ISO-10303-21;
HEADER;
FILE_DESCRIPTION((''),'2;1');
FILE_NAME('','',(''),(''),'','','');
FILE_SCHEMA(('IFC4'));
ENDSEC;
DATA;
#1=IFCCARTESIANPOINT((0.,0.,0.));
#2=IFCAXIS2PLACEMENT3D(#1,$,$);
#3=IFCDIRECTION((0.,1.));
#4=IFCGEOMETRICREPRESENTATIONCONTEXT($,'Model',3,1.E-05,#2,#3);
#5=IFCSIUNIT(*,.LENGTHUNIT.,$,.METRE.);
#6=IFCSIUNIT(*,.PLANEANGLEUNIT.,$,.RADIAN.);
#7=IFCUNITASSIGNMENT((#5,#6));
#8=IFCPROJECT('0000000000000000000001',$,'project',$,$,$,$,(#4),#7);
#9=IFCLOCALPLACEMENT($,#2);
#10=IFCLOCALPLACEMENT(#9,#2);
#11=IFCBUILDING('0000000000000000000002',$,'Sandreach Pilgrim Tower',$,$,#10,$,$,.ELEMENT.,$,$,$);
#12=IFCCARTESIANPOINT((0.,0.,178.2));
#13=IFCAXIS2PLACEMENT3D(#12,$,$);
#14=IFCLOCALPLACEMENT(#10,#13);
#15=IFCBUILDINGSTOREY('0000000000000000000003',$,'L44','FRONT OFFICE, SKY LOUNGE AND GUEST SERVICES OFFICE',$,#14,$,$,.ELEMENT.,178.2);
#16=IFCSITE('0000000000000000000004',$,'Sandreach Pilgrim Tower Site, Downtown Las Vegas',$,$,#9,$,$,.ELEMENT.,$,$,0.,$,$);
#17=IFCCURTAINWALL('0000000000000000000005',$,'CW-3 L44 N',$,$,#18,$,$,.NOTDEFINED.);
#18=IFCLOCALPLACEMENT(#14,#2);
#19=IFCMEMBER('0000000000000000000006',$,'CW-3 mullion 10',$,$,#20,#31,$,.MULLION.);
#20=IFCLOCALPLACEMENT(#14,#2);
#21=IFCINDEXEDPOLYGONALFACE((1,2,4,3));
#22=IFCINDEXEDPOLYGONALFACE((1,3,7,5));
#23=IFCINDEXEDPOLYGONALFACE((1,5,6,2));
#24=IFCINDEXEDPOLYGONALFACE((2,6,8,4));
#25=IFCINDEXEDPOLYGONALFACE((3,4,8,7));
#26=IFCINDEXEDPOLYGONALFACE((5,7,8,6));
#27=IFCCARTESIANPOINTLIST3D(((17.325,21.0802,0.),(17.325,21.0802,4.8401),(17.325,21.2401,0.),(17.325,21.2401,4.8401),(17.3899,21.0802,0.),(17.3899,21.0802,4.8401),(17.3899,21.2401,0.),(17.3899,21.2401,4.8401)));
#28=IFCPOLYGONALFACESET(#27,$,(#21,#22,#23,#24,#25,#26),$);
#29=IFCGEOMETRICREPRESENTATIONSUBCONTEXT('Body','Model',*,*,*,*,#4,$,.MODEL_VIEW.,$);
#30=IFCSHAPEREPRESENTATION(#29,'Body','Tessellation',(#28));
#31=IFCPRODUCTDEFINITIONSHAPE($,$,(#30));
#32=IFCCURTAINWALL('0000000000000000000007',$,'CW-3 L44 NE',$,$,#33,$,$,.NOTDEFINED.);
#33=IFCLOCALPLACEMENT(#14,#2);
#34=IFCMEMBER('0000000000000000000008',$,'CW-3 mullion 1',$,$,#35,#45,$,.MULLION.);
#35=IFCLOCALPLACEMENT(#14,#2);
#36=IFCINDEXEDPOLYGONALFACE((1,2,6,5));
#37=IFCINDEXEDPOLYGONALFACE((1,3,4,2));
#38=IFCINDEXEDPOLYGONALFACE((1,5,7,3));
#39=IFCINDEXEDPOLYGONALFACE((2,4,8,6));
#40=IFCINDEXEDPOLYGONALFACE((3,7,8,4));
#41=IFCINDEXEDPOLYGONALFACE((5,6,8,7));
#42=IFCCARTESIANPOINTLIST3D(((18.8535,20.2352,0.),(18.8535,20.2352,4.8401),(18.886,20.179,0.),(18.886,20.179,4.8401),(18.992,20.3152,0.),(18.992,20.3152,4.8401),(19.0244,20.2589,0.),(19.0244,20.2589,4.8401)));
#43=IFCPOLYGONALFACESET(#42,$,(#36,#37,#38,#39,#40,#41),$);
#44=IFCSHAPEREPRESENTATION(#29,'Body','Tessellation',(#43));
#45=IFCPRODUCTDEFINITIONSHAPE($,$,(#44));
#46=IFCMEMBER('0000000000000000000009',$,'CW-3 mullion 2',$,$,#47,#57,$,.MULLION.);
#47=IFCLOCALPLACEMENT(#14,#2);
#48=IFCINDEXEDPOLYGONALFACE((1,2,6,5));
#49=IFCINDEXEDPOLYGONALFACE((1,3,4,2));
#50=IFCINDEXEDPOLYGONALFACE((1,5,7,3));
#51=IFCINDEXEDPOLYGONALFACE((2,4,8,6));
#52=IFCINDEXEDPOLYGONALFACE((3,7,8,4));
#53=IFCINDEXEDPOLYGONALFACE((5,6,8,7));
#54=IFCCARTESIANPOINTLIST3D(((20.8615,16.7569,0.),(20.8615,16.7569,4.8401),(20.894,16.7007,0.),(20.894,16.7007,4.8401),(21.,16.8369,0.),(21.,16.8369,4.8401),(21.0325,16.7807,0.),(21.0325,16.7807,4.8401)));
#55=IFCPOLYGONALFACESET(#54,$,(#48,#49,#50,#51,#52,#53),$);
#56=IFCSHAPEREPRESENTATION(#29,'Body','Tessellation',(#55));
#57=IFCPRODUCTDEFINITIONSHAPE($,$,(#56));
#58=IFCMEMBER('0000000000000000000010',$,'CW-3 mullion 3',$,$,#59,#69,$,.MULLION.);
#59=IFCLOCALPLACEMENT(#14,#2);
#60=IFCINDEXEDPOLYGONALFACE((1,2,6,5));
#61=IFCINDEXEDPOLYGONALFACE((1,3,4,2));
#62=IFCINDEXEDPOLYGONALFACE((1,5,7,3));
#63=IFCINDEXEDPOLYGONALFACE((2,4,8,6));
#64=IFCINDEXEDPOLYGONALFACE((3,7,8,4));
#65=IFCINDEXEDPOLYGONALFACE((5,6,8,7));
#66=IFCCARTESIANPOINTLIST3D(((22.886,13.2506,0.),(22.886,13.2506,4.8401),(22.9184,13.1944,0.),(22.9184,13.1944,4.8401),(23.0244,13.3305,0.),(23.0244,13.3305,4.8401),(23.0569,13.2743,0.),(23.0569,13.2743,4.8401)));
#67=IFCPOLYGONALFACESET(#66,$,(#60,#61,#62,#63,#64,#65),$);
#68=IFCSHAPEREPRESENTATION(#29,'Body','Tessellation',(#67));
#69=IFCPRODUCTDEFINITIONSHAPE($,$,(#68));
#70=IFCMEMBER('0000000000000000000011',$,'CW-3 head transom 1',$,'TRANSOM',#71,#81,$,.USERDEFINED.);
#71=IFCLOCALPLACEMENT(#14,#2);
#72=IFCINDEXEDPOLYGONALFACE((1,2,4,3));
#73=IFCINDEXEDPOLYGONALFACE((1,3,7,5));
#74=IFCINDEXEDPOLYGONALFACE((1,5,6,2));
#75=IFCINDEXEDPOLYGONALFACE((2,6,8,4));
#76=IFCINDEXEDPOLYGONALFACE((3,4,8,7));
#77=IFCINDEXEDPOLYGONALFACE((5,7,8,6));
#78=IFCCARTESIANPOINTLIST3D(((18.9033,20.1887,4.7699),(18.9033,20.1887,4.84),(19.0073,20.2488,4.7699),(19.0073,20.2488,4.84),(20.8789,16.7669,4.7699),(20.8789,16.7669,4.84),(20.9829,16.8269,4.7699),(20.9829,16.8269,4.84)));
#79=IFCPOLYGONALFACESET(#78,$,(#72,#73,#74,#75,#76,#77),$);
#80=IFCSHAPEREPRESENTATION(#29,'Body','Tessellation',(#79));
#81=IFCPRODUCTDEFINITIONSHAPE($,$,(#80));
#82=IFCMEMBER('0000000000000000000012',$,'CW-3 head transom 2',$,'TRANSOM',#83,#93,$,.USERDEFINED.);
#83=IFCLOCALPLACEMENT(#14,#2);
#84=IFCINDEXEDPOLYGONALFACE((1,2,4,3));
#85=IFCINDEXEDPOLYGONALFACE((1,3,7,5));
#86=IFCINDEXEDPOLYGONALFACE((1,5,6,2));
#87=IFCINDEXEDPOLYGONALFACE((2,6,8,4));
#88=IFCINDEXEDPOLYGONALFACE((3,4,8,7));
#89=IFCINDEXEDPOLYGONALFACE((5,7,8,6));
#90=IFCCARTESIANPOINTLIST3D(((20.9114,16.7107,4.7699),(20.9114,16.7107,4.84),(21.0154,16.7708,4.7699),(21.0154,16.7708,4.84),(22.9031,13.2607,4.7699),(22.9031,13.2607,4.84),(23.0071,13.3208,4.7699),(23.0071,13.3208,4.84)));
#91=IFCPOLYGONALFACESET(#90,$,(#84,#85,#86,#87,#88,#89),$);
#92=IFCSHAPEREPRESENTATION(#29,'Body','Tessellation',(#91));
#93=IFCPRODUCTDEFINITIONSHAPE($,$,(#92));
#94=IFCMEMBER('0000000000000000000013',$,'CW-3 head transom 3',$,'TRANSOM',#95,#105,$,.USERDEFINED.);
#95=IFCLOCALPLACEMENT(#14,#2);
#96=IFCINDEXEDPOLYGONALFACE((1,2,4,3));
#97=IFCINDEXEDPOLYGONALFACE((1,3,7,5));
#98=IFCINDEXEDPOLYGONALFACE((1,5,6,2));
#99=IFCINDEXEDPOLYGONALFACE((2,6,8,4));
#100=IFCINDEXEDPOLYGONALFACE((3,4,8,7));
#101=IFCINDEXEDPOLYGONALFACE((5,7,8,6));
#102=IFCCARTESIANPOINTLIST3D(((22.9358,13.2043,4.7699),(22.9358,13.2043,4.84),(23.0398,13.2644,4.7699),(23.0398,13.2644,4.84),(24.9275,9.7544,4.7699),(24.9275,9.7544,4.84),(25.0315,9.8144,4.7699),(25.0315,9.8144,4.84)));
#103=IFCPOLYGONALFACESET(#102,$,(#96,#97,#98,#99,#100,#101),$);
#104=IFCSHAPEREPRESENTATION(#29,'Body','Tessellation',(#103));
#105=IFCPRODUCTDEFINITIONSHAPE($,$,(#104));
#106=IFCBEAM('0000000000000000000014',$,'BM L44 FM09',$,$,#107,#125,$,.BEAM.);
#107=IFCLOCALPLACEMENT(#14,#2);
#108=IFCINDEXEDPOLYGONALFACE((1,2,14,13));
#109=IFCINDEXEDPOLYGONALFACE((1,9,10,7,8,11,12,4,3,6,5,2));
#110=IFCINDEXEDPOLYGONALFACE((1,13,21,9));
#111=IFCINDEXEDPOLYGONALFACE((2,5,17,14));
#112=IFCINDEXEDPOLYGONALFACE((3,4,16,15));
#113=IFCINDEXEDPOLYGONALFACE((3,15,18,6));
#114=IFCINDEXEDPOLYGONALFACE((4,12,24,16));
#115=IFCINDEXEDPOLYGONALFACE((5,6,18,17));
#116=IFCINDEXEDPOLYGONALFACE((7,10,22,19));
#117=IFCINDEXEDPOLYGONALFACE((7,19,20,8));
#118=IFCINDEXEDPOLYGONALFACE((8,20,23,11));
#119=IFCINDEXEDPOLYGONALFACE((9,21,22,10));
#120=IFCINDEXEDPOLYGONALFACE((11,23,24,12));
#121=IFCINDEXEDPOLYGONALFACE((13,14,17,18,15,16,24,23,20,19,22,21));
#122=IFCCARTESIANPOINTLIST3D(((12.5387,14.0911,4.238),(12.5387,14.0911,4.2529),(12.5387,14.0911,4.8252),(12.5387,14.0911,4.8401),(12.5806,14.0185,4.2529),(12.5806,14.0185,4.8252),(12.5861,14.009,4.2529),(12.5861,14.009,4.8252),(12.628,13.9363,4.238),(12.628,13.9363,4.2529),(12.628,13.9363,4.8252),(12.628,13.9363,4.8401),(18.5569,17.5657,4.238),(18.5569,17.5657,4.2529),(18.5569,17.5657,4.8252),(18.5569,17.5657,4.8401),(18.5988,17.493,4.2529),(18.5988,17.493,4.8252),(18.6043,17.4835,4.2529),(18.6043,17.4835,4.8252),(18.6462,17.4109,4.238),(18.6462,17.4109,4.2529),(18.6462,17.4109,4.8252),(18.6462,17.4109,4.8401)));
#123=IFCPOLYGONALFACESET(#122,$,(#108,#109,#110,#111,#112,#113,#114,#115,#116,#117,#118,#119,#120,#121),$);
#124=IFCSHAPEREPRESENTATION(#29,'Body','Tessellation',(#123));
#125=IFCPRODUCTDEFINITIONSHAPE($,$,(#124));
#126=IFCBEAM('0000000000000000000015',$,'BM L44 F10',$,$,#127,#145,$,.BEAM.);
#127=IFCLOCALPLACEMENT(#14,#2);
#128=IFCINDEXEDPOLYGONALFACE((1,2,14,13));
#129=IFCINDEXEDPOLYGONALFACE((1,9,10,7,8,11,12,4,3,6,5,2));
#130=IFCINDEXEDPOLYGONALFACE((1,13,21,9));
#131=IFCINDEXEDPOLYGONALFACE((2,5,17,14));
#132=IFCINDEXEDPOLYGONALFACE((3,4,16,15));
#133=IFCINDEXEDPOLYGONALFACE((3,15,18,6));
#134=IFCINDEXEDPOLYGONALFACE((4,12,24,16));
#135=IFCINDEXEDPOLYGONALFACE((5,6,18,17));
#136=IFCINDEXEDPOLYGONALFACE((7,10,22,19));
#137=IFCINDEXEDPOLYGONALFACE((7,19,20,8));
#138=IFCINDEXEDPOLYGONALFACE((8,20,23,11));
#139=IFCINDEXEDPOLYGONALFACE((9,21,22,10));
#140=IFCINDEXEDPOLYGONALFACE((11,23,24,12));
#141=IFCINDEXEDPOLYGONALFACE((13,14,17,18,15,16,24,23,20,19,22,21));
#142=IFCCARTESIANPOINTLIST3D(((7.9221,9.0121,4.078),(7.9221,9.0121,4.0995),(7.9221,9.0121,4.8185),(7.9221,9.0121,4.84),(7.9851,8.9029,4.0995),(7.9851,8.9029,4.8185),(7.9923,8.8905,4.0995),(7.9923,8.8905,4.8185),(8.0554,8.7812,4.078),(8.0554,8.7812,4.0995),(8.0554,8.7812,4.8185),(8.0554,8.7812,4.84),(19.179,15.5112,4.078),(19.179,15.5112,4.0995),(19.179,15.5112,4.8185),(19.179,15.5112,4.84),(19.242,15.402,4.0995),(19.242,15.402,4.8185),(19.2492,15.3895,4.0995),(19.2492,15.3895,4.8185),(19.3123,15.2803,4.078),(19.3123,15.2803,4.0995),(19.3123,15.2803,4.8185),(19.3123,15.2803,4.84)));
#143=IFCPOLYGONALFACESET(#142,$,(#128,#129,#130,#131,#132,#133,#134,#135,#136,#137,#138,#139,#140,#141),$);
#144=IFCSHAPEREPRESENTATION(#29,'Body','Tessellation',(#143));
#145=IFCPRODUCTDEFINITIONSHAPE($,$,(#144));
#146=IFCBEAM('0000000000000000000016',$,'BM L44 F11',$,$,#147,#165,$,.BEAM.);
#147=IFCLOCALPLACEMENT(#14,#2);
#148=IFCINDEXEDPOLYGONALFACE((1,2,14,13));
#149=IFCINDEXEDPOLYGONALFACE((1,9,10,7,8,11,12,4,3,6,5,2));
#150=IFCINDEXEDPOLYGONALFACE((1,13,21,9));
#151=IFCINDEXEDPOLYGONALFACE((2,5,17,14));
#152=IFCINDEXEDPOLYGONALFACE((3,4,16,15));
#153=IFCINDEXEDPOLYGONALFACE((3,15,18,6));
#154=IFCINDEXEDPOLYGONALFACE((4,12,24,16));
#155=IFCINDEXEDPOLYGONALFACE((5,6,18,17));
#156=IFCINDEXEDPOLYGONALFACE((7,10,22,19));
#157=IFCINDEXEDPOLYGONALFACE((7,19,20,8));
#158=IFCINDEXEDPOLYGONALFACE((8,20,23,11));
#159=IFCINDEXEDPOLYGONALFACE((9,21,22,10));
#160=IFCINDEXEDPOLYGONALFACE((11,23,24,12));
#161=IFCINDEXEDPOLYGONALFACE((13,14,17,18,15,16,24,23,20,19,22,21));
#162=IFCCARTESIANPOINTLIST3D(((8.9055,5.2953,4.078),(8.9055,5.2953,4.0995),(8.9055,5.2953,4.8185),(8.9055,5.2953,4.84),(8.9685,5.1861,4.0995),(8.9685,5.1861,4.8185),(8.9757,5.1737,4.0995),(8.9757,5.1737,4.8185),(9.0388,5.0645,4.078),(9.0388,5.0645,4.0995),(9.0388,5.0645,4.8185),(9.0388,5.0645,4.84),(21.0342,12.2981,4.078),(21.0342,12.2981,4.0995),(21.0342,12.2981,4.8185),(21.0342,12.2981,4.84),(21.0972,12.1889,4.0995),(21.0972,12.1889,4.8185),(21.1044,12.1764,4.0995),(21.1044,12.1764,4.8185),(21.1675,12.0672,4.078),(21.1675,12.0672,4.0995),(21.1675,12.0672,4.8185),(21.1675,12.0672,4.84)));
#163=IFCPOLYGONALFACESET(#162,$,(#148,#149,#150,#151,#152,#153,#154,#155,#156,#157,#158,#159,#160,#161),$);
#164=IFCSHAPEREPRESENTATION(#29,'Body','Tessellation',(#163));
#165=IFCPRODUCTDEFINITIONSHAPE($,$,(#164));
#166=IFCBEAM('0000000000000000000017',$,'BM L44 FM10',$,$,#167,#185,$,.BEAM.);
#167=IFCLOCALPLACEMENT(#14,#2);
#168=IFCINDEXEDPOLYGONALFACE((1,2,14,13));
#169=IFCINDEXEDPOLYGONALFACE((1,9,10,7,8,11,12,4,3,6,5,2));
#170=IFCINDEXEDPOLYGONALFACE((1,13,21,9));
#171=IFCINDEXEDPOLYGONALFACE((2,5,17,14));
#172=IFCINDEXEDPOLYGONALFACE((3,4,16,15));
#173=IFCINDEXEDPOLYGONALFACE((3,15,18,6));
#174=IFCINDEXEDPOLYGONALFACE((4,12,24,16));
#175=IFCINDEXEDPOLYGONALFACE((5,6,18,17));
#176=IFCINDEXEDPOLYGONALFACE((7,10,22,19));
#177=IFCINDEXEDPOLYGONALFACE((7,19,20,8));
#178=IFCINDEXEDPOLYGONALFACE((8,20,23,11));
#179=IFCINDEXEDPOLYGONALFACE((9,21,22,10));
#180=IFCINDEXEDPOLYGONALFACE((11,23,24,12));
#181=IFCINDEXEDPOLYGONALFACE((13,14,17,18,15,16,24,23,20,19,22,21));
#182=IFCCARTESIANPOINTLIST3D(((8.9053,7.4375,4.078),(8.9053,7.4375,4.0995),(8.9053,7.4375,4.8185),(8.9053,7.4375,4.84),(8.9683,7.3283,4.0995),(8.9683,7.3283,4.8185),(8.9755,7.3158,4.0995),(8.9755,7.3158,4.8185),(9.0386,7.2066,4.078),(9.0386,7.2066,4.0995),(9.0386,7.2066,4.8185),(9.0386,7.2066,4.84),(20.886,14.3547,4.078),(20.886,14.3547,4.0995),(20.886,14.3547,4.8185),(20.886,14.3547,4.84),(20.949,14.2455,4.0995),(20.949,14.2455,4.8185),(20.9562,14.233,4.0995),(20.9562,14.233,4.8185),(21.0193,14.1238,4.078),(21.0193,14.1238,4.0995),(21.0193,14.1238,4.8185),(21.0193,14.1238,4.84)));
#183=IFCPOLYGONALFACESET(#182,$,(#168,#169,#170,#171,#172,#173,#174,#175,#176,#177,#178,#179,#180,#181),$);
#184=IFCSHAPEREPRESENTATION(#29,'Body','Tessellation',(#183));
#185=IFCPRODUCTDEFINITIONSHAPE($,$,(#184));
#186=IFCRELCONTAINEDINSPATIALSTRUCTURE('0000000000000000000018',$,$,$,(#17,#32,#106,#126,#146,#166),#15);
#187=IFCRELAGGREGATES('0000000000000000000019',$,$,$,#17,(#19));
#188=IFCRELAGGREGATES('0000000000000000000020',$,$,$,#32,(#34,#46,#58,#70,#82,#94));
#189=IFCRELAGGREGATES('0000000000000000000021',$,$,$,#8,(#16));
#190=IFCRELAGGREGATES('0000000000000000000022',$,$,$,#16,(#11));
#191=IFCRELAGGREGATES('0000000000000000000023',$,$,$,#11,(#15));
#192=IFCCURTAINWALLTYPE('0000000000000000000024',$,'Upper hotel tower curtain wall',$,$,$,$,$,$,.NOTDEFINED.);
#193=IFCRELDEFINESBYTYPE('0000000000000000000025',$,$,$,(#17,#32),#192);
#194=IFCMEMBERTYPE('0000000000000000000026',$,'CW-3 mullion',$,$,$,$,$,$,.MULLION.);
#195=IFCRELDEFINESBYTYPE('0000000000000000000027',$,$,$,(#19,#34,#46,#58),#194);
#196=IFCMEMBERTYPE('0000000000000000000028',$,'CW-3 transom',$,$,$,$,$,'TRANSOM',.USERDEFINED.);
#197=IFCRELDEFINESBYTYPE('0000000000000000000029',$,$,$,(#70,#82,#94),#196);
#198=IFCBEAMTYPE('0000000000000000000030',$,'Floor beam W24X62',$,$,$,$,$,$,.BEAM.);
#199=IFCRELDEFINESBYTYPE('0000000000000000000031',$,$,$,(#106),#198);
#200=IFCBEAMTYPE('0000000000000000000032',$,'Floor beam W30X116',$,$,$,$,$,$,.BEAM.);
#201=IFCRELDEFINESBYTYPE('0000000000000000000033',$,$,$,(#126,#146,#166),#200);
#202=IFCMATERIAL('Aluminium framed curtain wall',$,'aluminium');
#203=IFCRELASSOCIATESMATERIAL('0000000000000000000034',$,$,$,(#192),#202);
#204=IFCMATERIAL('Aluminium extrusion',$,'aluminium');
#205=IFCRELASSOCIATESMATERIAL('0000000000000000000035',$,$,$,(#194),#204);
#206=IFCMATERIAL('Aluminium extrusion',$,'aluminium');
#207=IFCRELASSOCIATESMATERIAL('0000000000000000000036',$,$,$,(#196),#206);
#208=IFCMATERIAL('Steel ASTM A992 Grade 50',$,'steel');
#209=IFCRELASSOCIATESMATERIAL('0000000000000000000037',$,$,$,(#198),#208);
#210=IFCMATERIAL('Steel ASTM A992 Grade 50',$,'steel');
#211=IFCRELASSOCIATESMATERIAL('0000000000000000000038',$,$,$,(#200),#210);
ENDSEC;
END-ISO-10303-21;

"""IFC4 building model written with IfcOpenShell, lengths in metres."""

from ifc_helpers import new_model, si_unit, direction, frame, origin, origin_2d, place, context, subcontext, project, spatial, rectangle, i_section, extrude, material, material_profile, profile_set, type_object, element, aggregate, save


model = new_model("IFC4")

# Units and contexts
model_context = context("Model", 3, precision=1e-05, world=origin(), true_north=direction((0.0, 1.0)))
body_context = subcontext(model_context, "Body", "Model", "MODEL_VIEW")
ifc_project = project(units=[si_unit("LENGTHUNIT", "METRE"), si_unit("PLANEANGLEUNIT", "RADIAN")], contexts=[model_context])

# Site, building, storey
site_placement = place(None, origin())
site = spatial("IfcSite", under=ifc_project, at=site_placement, Name="Sandreach Pilgrim Tower Site, Downtown Las Vegas", CompositionType="ELEMENT", RefElevation=0.0)
building_placement = place(site_placement, origin())
building = spatial("IfcBuilding", under=site, at=building_placement, Name="Sandreach Pilgrim Tower", CompositionType="ELEMENT")
storey_placement = place(building_placement, frame((0.0, 0.0, 178.2)))
storey = spatial("IfcBuildingStorey", under=building, at=storey_placement, Name="L44", Description="FRONT OFFICE, SKY LOUNGE AND GUEST SERVICES OFFICE", CompositionType="ELEMENT", Elevation=178.2)

# Curtain wall, member
ifc_material_1 = material(Name="Aluminium framed curtain wall", Category="aluminium")
curtain_wall_type = type_object("IfcCurtainWallType", Name="Upper hotel tower curtain wall", PredefinedType="NOTDEFINED", material=ifc_material_1)
curtain_wall_1_placement = place(storey_placement, origin())
curtain_wall_1 = element("IfcCurtainWall", 1, at=curtain_wall_1_placement, inside=storey, type_object=curtain_wall_type, Name="CW-3 L44 N", PredefinedType="NOTDEFINED")
ifc_material_2 = material(Name="Aluminium extrusion", Category="aluminium")
ifc_material_profile_1 = material_profile(ifc_material_2, rectangle(XDim=0.0649, YDim=0.1599, at=origin_2d()), Name="CW-3M 65X160")
ifc_profile_set_1 = profile_set([ifc_material_profile_1], Name="Aluminium extrusion")
member_type_1 = type_object("IfcMemberType", Name="CW-3 mullion", PredefinedType="MULLION", material=ifc_profile_set_1)
member_1_placement = place(storey_placement, frame((17.3574, 21.1602, 0.0), z_axis=(0.0, 0.0, 1.0), x_axis=(1.0, 0.0, 0.0)))
member_1 = element("IfcMember", 2, at=member_1_placement, type_object=member_type_1, Name="CW-3 mullion 10", PredefinedType="MULLION", context=body_context, shape_type="SweptSolid", body=[
    extrude(rectangle(XDim=0.0649, YDim=0.1599, at=origin_2d()), origin(), (0.0, 0.0, 1.0), 4.8401),
])
aggregate(curtain_wall_1, [member_1])

# Curtain wall, members
curtain_wall_2_placement = place(storey_placement, origin())
curtain_wall_2 = element("IfcCurtainWall", 3, at=curtain_wall_2_placement, inside=storey, type_object=curtain_wall_type, Name="CW-3 L44 NE", PredefinedType="NOTDEFINED")
member_2_placement = place(storey_placement, frame((18.939, 20.2471, 0.0), z_axis=(0.0, 0.0, 1.0), x_axis=(0.5, -0.866025, 0.0)))
member_2 = element("IfcMember", 4, at=member_2_placement, type_object=member_type_1, Name="CW-3 mullion 1", PredefinedType="MULLION", context=body_context, shape_type="SweptSolid", body=[
    extrude(rectangle(XDim=0.0649, YDim=0.1599, at=origin_2d()), origin(), (0.0, 0.0, 1.0), 4.8401),
])
member_3_placement = place(storey_placement, frame((20.947, 16.7688, 0.0), z_axis=(0.0, 0.0, 1.0), x_axis=(0.5, -0.866025, 0.0)))
member_3 = element("IfcMember", 5, at=member_3_placement, type_object=member_type_1, Name="CW-3 mullion 2", PredefinedType="MULLION", context=body_context, shape_type="SweptSolid", body=[
    extrude(rectangle(XDim=0.0649, YDim=0.1599, at=origin_2d()), origin(), (0.0, 0.0, 1.0), 4.8401),
])
member_4_placement = place(storey_placement, frame((22.9714, 13.2625, 0.0), z_axis=(0.0, 0.0, 1.0), x_axis=(0.5, -0.866025, 0.0)))
member_4 = element("IfcMember", 6, at=member_4_placement, type_object=member_type_1, Name="CW-3 mullion 3", PredefinedType="MULLION", context=body_context, shape_type="SweptSolid", body=[
    extrude(rectangle(XDim=0.0649, YDim=0.1599, at=origin_2d()), origin(), (0.0, 0.0, 1.0), 4.8401),
])
ifc_material_3 = material(Name="Aluminium extrusion", Category="aluminium")
ifc_material_profile_2 = material_profile(ifc_material_3, rectangle(XDim=0.1201, YDim=0.0701, at=origin_2d()), Name="CW-3T 120X70")
ifc_profile_set_2 = profile_set([ifc_material_profile_2], Name="Aluminium extrusion")
member_type_2 = type_object("IfcMemberType", Name="CW-3 transom", ElementType="TRANSOM", PredefinedType="USERDEFINED", material=ifc_profile_set_2)
member_5_placement = place(storey_placement, frame((18.9553, 20.2188, 4.8049), z_axis=(0.499993, -0.866029, 0.0), x_axis=(0.866029, 0.499993, 0.0)))
member_5 = element("IfcMember", 7, at=member_5_placement, type_object=member_type_2, Name="CW-3 head transom 1", ObjectType="TRANSOM", PredefinedType="USERDEFINED", context=body_context, shape_type="SweptSolid", body=[
    extrude(rectangle(XDim=0.1201, YDim=0.0701, at=origin_2d()), origin(), (0.0, 0.0, 1.0), 3.9512),
])
member_6_placement = place(storey_placement, frame((20.9634, 16.7407, 4.8049), z_axis=(0.499975, -0.86604, 0.0), x_axis=(0.86604, 0.499975, 0.0)))
member_6 = element("IfcMember", 8, at=member_6_placement, type_object=member_type_2, Name="CW-3 head transom 2", ObjectType="TRANSOM", PredefinedType="USERDEFINED", context=body_context, shape_type="SweptSolid", body=[
    extrude(rectangle(XDim=0.1201, YDim=0.0701, at=origin_2d()), origin(), (0.0, 0.0, 1.0), 3.9836),
])
member_7_placement = place(storey_placement, frame((22.9878, 13.2344, 4.8049), z_axis=(0.499975, -0.86604, 0.0), x_axis=(0.86604, 0.499975, 0.0)))
member_7 = element("IfcMember", 9, at=member_7_placement, type_object=member_type_2, Name="CW-3 head transom 3", ObjectType="TRANSOM", PredefinedType="USERDEFINED", context=body_context, shape_type="SweptSolid", body=[
    extrude(rectangle(XDim=0.1201, YDim=0.0701, at=origin_2d()), origin(), (0.0, 0.0, 1.0), 3.9836),
])

# Beams
ifc_material_4 = material(Name="Steel ASTM A992 Grade 50", Category="steel")
ifc_material_profile_3 = material_profile(ifc_material_4, i_section(OverallWidth=0.1787, OverallDepth=0.6021, WebThickness=0.011, FlangeThickness=0.0149, at=origin_2d()), Name="W24X62")
ifc_profile_set_3 = profile_set([ifc_material_profile_3], Name="Steel ASTM A992 Grade 50")
beam_type_1 = type_object("IfcBeamType", Name="Floor beam W24X62", PredefinedType="BEAM", material=ifc_profile_set_3)
beam_1_placement = place(storey_placement, frame((18.6016, 17.4883, 4.5391), z_axis=(-0.866029, -0.499993, 0.0), x_axis=(0.499993, -0.866029, 0.0)))
element("IfcBeam", 10, at=beam_1_placement, inside=storey, type_object=beam_type_1, Name="BM L44 FM09", PredefinedType="BEAM", context=body_context, shape_type="SweptSolid", body=[
    extrude(i_section(OverallWidth=0.1787, OverallDepth=0.6021, WebThickness=0.011, FlangeThickness=0.0149, at=origin_2d()), origin(), (0.0, 0.0, 1.0), 6.9492),
])
ifc_material_5 = material(Name="Steel ASTM A992 Grade 50", Category="steel")
ifc_material_profile_4 = material_profile(ifc_material_5, i_section(OverallWidth=0.2666, OverallDepth=0.762, WebThickness=0.0144, FlangeThickness=0.0215, at=origin_2d()), Name="W30X116")
ifc_profile_set_4 = profile_set([ifc_material_profile_4], Name="Steel ASTM A992 Grade 50")
beam_type_2 = type_object("IfcBeamType", Name="Floor beam W30X116", PredefinedType="BEAM", material=ifc_profile_set_4)
beam_2_placement = place(storey_placement, frame((19.2456, 15.3958, 4.459), z_axis=(-0.866029, -0.499993, 0.0), x_axis=(0.499993, -0.866029, 0.0)))
element("IfcBeam", 11, at=beam_2_placement, inside=storey, type_object=beam_type_2, Name="BM L44 F10", PredefinedType="BEAM", context=body_context, shape_type="SweptSolid", body=[
    extrude(i_section(OverallWidth=0.2666, OverallDepth=0.762, WebThickness=0.0144, FlangeThickness=0.0215, at=origin_2d()), origin(), (0.0, 0.0, 1.0), 12.9983),
])
beam_3_placement = place(storey_placement, frame((21.1008, 12.1826, 4.459), z_axis=(-0.866019, -0.500011, 0.0), x_axis=(0.500011, -0.866019, 0.0)))
element("IfcBeam", 12, at=beam_3_placement, inside=storey, type_object=beam_type_2, Name="BM L44 F11", PredefinedType="BEAM", context=body_context, shape_type="SweptSolid", body=[
    extrude(i_section(OverallWidth=0.2666, OverallDepth=0.762, WebThickness=0.0144, FlangeThickness=0.0215, at=origin_2d()), origin(), (0.0, 0.0, 1.0), 14.0051),
])
beam_4_placement = place(storey_placement, frame((20.9526, 14.2393, 4.459), z_axis=(-0.86602, -0.500009, 0.0), x_axis=(0.500009, -0.86602, 0.0)))
element("IfcBeam", 13, at=beam_4_placement, inside=storey, type_object=beam_type_2, Name="BM L44 FM10", PredefinedType="BEAM", context=body_context, shape_type="SweptSolid", body=[
    extrude(i_section(OverallWidth=0.2666, OverallDepth=0.762, WebThickness=0.0144, FlangeThickness=0.0215, at=origin_2d()), origin(), (0.0, 0.0, 1.0), 13.8342),
])

aggregate(curtain_wall_2, [member_2, member_3, member_4, member_5, member_6, member_7])

save(model, "model.ifc")
